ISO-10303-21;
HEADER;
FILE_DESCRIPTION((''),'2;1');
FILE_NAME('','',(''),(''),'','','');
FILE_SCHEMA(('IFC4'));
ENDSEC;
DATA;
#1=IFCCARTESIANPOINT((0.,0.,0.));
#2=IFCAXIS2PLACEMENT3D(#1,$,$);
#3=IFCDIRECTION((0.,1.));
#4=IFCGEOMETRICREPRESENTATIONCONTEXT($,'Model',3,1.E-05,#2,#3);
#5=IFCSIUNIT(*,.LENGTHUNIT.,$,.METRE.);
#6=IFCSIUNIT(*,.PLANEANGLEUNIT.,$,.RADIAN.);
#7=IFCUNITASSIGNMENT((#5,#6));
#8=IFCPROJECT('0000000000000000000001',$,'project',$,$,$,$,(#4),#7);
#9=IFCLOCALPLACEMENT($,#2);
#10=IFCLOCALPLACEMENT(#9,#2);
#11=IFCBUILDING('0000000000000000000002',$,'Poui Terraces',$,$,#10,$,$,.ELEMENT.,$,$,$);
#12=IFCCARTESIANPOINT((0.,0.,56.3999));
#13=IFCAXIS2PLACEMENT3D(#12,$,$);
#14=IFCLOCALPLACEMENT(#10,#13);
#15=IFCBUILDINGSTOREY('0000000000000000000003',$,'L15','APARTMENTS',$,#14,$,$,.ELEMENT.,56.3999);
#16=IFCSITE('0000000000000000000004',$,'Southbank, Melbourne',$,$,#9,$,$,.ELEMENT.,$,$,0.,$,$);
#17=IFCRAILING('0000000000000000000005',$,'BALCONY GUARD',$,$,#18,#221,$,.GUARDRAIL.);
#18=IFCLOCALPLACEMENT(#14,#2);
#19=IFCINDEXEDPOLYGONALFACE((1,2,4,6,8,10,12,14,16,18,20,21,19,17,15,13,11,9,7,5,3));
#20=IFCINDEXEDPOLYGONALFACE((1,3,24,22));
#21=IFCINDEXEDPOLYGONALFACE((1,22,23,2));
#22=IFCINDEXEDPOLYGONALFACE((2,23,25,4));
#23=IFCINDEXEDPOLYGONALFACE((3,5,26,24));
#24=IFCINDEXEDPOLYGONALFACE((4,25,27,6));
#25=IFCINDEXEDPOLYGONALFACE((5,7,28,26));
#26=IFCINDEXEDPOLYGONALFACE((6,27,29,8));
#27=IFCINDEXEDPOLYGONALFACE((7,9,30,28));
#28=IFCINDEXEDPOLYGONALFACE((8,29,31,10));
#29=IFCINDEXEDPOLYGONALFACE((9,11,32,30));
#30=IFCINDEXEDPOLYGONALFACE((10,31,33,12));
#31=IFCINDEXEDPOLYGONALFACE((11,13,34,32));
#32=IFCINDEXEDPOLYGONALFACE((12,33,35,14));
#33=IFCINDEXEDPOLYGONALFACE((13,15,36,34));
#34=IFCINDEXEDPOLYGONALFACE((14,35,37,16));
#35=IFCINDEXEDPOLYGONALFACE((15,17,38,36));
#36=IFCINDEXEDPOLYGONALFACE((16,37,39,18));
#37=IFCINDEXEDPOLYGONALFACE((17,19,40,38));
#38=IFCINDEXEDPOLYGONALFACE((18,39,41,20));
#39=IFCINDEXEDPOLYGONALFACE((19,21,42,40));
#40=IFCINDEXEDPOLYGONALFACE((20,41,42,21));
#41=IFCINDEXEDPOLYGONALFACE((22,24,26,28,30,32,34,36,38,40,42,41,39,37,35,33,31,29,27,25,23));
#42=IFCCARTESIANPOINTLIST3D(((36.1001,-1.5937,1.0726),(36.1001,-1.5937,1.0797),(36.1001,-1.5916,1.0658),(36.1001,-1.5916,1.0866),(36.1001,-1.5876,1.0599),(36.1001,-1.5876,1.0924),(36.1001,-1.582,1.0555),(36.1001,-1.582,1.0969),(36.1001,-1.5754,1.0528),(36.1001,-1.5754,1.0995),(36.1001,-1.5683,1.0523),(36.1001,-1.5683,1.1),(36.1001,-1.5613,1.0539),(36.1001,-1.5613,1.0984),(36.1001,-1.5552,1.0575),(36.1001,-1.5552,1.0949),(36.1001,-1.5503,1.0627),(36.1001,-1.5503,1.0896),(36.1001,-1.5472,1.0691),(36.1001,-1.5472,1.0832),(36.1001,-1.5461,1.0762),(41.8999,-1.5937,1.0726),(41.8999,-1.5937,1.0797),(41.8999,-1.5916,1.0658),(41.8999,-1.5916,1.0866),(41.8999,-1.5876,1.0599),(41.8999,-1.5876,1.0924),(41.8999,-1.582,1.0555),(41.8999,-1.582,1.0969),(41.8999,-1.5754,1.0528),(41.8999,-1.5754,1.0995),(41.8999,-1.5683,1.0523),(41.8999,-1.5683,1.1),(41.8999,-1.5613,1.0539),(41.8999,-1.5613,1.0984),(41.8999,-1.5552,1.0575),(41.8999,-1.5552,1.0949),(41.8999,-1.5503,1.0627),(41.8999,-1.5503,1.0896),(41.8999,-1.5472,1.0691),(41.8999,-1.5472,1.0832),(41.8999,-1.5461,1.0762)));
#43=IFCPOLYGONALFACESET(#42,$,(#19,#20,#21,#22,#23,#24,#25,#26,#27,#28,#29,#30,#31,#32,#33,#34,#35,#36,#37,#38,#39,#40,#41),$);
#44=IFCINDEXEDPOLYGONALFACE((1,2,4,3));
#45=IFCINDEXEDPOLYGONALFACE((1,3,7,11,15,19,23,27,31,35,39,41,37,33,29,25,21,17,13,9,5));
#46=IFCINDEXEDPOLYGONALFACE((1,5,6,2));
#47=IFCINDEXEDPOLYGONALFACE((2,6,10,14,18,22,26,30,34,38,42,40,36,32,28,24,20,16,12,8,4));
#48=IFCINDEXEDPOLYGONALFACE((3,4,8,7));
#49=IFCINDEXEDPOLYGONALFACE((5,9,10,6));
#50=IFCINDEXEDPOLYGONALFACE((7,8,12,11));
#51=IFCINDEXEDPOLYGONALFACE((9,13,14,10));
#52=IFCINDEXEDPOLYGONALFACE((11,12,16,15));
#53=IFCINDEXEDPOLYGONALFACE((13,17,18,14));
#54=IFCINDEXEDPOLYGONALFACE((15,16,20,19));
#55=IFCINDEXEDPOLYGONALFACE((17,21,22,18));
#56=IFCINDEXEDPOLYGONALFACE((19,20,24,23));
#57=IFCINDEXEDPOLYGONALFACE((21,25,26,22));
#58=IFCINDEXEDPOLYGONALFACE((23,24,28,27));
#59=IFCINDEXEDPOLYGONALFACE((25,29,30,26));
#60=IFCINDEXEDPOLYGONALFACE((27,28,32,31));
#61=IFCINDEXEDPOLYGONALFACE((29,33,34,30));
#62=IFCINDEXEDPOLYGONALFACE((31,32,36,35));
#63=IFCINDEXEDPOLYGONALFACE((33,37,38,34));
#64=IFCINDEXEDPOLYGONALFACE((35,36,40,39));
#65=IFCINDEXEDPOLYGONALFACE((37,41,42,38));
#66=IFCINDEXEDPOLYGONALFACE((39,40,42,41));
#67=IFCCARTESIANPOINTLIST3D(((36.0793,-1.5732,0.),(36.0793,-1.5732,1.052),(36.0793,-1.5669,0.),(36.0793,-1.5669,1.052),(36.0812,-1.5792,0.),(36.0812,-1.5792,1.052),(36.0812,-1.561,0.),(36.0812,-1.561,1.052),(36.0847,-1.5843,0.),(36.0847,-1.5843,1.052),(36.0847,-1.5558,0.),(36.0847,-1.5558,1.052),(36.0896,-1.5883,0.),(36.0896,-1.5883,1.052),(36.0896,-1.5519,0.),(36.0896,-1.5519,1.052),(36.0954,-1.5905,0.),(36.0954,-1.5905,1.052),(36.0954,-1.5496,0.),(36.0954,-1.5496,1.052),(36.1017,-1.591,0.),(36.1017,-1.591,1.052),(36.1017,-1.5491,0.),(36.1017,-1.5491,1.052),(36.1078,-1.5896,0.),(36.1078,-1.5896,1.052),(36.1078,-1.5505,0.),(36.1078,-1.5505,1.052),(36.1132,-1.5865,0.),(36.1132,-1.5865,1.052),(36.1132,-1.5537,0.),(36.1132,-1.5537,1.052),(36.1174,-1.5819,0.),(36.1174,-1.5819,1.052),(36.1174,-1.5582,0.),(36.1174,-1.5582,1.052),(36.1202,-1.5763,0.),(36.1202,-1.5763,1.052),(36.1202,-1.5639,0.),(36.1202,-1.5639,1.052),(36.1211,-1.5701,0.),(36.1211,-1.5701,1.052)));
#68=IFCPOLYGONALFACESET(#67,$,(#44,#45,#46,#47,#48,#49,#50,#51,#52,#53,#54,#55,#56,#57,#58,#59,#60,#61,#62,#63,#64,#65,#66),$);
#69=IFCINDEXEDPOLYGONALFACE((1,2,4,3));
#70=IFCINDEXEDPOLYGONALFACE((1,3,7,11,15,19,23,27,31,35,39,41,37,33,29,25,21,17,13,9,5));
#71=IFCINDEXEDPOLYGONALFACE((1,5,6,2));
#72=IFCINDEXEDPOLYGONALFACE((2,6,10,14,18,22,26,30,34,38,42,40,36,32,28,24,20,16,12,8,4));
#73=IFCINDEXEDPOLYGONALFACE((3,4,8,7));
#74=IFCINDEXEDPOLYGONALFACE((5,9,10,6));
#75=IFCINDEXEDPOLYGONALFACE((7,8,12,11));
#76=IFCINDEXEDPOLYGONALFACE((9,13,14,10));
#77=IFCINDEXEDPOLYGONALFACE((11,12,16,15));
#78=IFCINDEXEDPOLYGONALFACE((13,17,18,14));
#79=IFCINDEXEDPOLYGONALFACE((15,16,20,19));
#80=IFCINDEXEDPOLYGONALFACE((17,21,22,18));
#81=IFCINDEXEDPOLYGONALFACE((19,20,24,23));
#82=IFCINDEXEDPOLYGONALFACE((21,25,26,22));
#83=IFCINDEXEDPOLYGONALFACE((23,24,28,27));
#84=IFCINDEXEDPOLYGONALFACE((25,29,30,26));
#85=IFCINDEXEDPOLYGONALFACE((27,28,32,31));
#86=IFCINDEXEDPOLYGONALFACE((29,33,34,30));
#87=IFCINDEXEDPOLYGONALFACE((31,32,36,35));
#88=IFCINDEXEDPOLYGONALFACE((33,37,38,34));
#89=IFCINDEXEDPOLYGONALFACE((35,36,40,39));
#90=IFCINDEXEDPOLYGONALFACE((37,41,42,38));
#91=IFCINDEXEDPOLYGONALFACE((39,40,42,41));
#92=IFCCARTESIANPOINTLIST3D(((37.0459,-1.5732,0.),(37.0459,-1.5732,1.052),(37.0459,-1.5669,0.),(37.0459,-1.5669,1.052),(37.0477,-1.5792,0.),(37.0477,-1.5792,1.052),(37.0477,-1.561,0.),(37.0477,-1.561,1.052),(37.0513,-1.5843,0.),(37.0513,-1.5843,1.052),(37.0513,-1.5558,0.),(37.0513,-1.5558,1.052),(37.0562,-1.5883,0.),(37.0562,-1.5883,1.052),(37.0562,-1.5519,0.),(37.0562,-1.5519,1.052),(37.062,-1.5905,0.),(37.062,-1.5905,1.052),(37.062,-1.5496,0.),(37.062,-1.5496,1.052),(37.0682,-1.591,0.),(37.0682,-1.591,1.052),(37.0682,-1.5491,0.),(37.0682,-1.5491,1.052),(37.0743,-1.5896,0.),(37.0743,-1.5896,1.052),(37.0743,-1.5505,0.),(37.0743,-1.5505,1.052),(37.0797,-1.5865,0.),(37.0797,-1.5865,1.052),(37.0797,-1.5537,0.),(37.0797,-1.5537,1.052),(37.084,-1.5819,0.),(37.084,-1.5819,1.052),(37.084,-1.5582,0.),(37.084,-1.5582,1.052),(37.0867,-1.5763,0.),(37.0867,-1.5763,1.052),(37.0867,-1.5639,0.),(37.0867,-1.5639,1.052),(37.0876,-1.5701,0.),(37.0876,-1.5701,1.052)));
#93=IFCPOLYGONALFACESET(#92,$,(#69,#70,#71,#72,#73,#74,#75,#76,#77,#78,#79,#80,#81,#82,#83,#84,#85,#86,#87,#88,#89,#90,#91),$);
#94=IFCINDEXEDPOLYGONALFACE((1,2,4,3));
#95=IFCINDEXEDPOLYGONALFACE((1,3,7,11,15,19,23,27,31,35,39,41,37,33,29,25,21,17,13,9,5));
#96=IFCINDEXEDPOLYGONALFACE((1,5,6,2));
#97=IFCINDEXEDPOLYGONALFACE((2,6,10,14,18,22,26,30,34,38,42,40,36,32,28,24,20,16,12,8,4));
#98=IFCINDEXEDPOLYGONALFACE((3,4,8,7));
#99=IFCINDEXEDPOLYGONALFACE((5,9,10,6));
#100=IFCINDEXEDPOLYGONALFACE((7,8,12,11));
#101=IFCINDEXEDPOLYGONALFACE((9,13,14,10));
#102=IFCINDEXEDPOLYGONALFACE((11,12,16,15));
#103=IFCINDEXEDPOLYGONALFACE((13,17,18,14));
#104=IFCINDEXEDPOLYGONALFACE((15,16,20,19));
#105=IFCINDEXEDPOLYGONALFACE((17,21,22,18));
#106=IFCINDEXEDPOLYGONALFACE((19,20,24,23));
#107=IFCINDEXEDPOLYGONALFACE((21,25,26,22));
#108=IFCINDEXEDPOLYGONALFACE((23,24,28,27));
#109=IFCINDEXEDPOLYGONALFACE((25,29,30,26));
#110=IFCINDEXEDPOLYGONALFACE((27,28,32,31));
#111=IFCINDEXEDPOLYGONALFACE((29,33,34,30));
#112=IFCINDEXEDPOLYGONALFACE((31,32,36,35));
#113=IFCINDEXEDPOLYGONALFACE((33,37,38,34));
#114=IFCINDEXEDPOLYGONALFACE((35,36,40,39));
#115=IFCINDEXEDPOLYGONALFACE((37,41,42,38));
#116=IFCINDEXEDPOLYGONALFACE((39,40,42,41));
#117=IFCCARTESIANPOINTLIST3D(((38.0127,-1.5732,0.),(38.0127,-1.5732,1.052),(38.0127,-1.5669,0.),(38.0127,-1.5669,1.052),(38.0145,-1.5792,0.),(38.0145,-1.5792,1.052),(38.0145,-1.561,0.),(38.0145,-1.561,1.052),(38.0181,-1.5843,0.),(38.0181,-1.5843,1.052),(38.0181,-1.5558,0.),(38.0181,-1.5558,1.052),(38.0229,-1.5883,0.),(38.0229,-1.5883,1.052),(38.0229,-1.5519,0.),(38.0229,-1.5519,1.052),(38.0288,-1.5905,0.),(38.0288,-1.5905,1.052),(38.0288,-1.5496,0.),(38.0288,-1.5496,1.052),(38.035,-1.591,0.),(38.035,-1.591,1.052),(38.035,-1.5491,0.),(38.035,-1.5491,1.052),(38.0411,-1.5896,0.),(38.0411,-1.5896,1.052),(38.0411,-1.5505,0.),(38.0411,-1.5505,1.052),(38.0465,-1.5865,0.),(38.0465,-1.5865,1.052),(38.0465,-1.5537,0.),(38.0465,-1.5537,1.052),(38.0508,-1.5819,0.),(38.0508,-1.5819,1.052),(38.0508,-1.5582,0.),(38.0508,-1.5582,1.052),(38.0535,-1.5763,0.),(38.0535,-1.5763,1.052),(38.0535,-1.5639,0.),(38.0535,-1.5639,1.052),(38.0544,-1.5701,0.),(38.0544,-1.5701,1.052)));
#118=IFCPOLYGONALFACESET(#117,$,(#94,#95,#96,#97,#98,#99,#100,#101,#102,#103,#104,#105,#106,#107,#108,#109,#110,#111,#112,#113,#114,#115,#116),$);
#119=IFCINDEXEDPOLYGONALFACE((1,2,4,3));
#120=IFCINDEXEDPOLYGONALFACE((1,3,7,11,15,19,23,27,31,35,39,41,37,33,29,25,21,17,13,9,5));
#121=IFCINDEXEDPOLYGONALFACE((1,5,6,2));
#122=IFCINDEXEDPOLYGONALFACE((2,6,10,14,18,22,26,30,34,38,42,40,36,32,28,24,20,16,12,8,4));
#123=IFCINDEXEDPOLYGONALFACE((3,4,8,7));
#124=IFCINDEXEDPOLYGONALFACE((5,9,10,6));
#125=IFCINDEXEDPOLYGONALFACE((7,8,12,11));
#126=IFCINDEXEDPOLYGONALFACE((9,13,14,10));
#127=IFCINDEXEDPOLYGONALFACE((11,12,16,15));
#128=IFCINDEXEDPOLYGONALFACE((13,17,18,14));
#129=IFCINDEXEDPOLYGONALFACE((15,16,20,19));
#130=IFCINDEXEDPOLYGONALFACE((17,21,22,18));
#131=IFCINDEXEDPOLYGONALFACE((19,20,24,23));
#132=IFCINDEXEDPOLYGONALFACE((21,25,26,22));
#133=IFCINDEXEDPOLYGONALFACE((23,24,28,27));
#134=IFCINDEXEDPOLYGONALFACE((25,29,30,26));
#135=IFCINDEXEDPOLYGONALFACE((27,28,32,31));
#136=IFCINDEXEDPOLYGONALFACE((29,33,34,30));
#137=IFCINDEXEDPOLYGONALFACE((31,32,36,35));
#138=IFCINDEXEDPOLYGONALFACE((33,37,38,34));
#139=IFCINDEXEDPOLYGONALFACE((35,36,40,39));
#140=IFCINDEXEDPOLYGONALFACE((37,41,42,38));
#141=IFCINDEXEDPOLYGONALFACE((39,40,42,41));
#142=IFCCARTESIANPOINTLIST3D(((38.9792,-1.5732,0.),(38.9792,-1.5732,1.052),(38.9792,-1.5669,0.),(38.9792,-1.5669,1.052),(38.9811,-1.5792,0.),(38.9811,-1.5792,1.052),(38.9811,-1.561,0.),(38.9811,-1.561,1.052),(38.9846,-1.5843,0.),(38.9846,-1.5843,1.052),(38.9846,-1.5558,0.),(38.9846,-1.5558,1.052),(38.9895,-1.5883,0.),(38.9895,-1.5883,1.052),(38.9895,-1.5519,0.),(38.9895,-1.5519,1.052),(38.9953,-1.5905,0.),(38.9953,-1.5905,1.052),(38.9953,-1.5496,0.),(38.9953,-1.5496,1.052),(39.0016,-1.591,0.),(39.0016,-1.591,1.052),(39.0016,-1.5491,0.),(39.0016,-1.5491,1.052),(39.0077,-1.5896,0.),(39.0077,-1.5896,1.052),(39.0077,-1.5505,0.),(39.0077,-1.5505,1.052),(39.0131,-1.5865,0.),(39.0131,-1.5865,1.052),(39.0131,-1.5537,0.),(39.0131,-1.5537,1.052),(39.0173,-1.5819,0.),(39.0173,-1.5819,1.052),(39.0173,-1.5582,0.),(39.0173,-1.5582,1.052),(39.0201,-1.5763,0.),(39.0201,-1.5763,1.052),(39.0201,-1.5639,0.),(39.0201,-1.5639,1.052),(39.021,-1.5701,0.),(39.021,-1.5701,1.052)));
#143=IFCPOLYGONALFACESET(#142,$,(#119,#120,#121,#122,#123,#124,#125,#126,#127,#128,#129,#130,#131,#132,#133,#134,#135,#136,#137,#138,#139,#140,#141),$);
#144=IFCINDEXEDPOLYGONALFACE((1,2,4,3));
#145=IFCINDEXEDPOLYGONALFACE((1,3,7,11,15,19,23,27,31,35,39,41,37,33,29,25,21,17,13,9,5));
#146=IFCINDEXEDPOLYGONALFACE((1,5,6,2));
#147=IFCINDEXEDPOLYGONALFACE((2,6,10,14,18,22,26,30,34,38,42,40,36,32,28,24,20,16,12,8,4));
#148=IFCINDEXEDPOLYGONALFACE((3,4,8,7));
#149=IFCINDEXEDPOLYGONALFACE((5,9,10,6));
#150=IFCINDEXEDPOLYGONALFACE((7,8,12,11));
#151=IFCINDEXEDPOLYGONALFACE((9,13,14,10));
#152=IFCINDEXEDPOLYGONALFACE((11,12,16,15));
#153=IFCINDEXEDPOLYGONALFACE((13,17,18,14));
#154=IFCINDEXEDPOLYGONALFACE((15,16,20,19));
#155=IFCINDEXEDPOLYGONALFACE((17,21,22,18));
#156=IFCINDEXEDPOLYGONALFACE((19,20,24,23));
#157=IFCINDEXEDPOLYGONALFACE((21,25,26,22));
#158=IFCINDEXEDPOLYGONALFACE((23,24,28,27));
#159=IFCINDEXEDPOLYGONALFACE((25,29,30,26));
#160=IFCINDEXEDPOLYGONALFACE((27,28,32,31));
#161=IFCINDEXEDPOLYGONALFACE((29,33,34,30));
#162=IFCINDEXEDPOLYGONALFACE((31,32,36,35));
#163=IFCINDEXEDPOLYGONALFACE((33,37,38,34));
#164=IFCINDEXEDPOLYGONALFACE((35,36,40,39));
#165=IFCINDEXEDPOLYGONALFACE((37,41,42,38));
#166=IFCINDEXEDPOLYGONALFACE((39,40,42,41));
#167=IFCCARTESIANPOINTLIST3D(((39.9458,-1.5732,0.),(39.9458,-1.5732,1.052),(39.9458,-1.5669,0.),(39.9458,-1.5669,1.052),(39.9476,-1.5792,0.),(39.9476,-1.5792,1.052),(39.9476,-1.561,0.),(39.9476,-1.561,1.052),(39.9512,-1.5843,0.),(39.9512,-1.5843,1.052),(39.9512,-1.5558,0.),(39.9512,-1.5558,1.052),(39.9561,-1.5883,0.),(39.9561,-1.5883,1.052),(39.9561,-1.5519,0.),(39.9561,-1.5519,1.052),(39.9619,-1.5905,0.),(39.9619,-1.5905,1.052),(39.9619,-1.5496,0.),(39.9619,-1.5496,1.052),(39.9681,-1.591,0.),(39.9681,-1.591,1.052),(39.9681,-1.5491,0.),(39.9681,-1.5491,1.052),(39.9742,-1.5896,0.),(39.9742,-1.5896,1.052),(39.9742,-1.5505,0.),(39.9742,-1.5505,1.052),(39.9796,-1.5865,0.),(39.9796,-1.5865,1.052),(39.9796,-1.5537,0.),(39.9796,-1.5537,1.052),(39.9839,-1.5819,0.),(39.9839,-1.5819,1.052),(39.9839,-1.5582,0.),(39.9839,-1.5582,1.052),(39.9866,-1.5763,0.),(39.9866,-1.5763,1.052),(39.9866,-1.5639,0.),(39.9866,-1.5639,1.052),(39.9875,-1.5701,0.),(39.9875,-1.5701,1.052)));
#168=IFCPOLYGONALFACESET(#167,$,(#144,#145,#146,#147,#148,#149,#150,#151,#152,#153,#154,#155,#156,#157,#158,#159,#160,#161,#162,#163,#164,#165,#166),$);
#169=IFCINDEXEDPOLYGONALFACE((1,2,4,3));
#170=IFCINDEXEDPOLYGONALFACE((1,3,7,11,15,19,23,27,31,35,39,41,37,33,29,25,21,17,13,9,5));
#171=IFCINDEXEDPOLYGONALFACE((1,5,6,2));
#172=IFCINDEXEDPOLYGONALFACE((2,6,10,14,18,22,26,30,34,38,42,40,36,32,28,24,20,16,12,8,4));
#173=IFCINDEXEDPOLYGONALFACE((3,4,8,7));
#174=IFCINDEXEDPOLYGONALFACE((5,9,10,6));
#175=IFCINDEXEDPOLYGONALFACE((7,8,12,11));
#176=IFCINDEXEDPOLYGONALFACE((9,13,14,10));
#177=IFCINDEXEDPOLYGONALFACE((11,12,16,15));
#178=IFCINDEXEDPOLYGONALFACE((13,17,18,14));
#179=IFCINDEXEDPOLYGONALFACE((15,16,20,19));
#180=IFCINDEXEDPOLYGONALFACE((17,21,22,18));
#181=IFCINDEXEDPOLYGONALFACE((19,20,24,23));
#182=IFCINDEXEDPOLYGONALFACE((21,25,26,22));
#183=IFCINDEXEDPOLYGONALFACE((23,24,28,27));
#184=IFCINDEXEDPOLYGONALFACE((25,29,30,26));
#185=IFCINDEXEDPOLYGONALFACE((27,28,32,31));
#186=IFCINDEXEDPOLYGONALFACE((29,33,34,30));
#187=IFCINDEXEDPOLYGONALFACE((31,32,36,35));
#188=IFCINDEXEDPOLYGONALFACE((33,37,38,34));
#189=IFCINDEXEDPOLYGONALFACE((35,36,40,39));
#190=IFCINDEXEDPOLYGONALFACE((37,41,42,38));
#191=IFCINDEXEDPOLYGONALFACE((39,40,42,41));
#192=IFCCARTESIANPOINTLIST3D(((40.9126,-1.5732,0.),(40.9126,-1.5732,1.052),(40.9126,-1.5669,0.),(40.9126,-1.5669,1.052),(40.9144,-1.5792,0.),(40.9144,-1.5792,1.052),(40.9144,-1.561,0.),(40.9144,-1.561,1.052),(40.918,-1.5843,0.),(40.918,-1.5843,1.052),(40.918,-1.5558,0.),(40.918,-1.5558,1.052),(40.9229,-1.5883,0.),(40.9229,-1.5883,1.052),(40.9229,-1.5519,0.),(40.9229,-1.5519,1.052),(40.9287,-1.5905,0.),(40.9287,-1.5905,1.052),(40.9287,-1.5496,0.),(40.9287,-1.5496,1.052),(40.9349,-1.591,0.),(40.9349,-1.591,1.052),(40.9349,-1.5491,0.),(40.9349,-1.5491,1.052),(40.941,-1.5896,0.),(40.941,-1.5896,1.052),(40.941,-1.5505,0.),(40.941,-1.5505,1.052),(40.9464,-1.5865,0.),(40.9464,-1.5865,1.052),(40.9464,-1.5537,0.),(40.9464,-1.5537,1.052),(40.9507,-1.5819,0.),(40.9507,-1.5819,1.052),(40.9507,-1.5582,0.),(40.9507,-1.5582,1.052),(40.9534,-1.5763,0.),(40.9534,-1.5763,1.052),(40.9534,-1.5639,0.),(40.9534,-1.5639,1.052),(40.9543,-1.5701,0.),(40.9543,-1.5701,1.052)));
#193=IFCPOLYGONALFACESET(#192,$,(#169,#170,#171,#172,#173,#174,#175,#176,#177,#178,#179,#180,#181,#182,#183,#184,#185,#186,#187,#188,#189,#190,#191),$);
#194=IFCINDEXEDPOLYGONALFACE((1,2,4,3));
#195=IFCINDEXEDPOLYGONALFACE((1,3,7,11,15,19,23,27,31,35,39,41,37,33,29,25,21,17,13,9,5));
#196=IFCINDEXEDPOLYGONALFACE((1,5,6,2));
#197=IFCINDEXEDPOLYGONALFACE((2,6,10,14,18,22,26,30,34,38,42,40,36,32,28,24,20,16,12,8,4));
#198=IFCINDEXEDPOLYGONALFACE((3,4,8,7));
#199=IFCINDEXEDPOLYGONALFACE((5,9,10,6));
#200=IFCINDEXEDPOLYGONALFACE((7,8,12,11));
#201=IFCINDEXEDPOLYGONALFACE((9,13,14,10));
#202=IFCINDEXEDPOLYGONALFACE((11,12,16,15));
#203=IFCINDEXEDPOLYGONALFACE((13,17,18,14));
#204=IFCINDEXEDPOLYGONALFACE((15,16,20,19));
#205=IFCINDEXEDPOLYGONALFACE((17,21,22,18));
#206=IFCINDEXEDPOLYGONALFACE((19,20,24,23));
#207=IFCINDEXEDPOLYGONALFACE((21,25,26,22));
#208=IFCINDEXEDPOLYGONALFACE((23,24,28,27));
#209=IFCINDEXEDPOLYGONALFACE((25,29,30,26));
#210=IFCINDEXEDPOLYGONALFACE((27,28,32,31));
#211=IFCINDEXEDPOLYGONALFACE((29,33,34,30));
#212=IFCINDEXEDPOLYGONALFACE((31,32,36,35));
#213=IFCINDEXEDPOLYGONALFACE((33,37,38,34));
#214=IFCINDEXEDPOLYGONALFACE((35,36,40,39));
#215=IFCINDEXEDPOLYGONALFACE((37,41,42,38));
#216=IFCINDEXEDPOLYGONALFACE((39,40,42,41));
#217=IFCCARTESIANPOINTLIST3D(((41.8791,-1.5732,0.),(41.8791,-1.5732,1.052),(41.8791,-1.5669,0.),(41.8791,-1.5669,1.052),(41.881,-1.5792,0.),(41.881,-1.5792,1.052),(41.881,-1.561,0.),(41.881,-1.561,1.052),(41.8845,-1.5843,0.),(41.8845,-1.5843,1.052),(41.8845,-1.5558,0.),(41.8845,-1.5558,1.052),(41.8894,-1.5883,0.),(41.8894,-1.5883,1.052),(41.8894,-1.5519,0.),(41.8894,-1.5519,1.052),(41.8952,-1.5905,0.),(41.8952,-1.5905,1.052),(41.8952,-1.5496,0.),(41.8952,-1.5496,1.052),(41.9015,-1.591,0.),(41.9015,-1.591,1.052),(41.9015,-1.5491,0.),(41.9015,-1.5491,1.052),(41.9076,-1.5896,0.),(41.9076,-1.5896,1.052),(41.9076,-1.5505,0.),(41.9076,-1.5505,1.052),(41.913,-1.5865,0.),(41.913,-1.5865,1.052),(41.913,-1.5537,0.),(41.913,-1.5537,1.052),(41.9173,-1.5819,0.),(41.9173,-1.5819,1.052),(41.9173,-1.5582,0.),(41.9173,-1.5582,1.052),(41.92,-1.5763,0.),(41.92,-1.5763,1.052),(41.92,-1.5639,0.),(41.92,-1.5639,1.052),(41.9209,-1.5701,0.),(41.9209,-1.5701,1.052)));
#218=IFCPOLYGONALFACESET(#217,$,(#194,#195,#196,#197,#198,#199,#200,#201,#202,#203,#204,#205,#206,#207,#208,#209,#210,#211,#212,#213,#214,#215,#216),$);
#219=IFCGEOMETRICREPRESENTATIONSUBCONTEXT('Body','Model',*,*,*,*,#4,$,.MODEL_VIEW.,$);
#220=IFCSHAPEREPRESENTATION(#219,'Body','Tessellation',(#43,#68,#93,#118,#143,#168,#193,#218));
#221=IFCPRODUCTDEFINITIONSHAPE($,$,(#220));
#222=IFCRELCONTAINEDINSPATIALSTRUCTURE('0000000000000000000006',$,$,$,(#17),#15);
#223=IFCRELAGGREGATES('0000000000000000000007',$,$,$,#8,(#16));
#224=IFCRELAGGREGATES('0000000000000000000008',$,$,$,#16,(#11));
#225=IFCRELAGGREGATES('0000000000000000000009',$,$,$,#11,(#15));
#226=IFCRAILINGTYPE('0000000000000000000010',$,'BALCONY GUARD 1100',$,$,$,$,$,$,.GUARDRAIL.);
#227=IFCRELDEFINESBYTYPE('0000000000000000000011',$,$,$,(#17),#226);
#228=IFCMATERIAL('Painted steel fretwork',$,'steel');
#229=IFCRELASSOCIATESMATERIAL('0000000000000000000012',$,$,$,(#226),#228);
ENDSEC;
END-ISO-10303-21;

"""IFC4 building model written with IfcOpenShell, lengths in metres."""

from ifc_helpers import new_model, si_unit, direction, frame, origin, origin_2d, place, context, subcontext, project, spatial, circle, extrude, material, type_object, element, save


model = new_model("IFC4")

# Units and contexts
model_context = context("Model", 3, precision=1e-05, world=origin(), true_north=direction((0.0, 1.0)))
body_context = subcontext(model_context, "Body", "Model", "MODEL_VIEW")
ifc_project = project(units=[si_unit("LENGTHUNIT", "METRE"), si_unit("PLANEANGLEUNIT", "RADIAN")], contexts=[model_context])

# Site, building, storey
site_placement = place(None, origin())
site = spatial("IfcSite", under=ifc_project, at=site_placement, Name="Southbank, Melbourne", CompositionType="ELEMENT", RefElevation=0.0)
building_placement = place(site_placement, origin())
building = spatial("IfcBuilding", under=site, at=building_placement, Name="Poui Terraces", CompositionType="ELEMENT")
storey_placement = place(building_placement, frame((0.0, 0.0, 56.3999)))
storey = spatial("IfcBuildingStorey", under=building, at=storey_placement, Name="L15", Description="APARTMENTS", CompositionType="ELEMENT", Elevation=56.3999)

# Railing
ifc_material_1 = material(Name="Painted steel fretwork", Category="steel")
railing_type = type_object("IfcRailingType", Name="BALCONY GUARD 1100", PredefinedType="GUARDRAIL", material=ifc_material_1)
railing_placement = place(storey_placement, frame((36.1001, -1.5701, 0.0)))
element("IfcRailing", 1, at=railing_placement, inside=storey, type_object=railing_type, Name="BALCONY GUARD", PredefinedType="GUARDRAIL", context=body_context, shape_type="SweptSolid", body=[
    extrude(circle(Radius=0.0239, at=origin_2d()), frame((0.0, 0.0, 1.0762), z_axis=(1.0, 0.0, 0.0), x_axis=(0.0, 1.0, 0.0)), (0.0, 0.0, 1.0), 5.7998),
    extrude(circle(Radius=0.021, at=origin_2d()), origin(), (0.0, 0.0, 1.0), 1.052),
    extrude(circle(Radius=0.021, at=origin_2d()), frame((0.9666, 0.0, 0.0)), (0.0, 0.0, 1.0), 1.052),
    extrude(circle(Radius=0.021, at=origin_2d()), frame((1.9333, 0.0, 0.0)), (0.0, 0.0, 1.0), 1.052),
    extrude(circle(Radius=0.021, at=origin_2d()), frame((2.8999, 0.0, 0.0)), (0.0, 0.0, 1.0), 1.052),
    extrude(circle(Radius=0.021, at=origin_2d()), frame((3.8665, 0.0, 0.0)), (0.0, 0.0, 1.0), 1.052),
    extrude(circle(Radius=0.021, at=origin_2d()), frame((4.8333, 0.0, 0.0)), (0.0, 0.0, 1.0), 1.052),
    extrude(circle(Radius=0.021, at=origin_2d()), frame((5.7998, 0.0, 0.0)), (0.0, 0.0, 1.0), 1.052),
])

save(model, "model.ifc")
